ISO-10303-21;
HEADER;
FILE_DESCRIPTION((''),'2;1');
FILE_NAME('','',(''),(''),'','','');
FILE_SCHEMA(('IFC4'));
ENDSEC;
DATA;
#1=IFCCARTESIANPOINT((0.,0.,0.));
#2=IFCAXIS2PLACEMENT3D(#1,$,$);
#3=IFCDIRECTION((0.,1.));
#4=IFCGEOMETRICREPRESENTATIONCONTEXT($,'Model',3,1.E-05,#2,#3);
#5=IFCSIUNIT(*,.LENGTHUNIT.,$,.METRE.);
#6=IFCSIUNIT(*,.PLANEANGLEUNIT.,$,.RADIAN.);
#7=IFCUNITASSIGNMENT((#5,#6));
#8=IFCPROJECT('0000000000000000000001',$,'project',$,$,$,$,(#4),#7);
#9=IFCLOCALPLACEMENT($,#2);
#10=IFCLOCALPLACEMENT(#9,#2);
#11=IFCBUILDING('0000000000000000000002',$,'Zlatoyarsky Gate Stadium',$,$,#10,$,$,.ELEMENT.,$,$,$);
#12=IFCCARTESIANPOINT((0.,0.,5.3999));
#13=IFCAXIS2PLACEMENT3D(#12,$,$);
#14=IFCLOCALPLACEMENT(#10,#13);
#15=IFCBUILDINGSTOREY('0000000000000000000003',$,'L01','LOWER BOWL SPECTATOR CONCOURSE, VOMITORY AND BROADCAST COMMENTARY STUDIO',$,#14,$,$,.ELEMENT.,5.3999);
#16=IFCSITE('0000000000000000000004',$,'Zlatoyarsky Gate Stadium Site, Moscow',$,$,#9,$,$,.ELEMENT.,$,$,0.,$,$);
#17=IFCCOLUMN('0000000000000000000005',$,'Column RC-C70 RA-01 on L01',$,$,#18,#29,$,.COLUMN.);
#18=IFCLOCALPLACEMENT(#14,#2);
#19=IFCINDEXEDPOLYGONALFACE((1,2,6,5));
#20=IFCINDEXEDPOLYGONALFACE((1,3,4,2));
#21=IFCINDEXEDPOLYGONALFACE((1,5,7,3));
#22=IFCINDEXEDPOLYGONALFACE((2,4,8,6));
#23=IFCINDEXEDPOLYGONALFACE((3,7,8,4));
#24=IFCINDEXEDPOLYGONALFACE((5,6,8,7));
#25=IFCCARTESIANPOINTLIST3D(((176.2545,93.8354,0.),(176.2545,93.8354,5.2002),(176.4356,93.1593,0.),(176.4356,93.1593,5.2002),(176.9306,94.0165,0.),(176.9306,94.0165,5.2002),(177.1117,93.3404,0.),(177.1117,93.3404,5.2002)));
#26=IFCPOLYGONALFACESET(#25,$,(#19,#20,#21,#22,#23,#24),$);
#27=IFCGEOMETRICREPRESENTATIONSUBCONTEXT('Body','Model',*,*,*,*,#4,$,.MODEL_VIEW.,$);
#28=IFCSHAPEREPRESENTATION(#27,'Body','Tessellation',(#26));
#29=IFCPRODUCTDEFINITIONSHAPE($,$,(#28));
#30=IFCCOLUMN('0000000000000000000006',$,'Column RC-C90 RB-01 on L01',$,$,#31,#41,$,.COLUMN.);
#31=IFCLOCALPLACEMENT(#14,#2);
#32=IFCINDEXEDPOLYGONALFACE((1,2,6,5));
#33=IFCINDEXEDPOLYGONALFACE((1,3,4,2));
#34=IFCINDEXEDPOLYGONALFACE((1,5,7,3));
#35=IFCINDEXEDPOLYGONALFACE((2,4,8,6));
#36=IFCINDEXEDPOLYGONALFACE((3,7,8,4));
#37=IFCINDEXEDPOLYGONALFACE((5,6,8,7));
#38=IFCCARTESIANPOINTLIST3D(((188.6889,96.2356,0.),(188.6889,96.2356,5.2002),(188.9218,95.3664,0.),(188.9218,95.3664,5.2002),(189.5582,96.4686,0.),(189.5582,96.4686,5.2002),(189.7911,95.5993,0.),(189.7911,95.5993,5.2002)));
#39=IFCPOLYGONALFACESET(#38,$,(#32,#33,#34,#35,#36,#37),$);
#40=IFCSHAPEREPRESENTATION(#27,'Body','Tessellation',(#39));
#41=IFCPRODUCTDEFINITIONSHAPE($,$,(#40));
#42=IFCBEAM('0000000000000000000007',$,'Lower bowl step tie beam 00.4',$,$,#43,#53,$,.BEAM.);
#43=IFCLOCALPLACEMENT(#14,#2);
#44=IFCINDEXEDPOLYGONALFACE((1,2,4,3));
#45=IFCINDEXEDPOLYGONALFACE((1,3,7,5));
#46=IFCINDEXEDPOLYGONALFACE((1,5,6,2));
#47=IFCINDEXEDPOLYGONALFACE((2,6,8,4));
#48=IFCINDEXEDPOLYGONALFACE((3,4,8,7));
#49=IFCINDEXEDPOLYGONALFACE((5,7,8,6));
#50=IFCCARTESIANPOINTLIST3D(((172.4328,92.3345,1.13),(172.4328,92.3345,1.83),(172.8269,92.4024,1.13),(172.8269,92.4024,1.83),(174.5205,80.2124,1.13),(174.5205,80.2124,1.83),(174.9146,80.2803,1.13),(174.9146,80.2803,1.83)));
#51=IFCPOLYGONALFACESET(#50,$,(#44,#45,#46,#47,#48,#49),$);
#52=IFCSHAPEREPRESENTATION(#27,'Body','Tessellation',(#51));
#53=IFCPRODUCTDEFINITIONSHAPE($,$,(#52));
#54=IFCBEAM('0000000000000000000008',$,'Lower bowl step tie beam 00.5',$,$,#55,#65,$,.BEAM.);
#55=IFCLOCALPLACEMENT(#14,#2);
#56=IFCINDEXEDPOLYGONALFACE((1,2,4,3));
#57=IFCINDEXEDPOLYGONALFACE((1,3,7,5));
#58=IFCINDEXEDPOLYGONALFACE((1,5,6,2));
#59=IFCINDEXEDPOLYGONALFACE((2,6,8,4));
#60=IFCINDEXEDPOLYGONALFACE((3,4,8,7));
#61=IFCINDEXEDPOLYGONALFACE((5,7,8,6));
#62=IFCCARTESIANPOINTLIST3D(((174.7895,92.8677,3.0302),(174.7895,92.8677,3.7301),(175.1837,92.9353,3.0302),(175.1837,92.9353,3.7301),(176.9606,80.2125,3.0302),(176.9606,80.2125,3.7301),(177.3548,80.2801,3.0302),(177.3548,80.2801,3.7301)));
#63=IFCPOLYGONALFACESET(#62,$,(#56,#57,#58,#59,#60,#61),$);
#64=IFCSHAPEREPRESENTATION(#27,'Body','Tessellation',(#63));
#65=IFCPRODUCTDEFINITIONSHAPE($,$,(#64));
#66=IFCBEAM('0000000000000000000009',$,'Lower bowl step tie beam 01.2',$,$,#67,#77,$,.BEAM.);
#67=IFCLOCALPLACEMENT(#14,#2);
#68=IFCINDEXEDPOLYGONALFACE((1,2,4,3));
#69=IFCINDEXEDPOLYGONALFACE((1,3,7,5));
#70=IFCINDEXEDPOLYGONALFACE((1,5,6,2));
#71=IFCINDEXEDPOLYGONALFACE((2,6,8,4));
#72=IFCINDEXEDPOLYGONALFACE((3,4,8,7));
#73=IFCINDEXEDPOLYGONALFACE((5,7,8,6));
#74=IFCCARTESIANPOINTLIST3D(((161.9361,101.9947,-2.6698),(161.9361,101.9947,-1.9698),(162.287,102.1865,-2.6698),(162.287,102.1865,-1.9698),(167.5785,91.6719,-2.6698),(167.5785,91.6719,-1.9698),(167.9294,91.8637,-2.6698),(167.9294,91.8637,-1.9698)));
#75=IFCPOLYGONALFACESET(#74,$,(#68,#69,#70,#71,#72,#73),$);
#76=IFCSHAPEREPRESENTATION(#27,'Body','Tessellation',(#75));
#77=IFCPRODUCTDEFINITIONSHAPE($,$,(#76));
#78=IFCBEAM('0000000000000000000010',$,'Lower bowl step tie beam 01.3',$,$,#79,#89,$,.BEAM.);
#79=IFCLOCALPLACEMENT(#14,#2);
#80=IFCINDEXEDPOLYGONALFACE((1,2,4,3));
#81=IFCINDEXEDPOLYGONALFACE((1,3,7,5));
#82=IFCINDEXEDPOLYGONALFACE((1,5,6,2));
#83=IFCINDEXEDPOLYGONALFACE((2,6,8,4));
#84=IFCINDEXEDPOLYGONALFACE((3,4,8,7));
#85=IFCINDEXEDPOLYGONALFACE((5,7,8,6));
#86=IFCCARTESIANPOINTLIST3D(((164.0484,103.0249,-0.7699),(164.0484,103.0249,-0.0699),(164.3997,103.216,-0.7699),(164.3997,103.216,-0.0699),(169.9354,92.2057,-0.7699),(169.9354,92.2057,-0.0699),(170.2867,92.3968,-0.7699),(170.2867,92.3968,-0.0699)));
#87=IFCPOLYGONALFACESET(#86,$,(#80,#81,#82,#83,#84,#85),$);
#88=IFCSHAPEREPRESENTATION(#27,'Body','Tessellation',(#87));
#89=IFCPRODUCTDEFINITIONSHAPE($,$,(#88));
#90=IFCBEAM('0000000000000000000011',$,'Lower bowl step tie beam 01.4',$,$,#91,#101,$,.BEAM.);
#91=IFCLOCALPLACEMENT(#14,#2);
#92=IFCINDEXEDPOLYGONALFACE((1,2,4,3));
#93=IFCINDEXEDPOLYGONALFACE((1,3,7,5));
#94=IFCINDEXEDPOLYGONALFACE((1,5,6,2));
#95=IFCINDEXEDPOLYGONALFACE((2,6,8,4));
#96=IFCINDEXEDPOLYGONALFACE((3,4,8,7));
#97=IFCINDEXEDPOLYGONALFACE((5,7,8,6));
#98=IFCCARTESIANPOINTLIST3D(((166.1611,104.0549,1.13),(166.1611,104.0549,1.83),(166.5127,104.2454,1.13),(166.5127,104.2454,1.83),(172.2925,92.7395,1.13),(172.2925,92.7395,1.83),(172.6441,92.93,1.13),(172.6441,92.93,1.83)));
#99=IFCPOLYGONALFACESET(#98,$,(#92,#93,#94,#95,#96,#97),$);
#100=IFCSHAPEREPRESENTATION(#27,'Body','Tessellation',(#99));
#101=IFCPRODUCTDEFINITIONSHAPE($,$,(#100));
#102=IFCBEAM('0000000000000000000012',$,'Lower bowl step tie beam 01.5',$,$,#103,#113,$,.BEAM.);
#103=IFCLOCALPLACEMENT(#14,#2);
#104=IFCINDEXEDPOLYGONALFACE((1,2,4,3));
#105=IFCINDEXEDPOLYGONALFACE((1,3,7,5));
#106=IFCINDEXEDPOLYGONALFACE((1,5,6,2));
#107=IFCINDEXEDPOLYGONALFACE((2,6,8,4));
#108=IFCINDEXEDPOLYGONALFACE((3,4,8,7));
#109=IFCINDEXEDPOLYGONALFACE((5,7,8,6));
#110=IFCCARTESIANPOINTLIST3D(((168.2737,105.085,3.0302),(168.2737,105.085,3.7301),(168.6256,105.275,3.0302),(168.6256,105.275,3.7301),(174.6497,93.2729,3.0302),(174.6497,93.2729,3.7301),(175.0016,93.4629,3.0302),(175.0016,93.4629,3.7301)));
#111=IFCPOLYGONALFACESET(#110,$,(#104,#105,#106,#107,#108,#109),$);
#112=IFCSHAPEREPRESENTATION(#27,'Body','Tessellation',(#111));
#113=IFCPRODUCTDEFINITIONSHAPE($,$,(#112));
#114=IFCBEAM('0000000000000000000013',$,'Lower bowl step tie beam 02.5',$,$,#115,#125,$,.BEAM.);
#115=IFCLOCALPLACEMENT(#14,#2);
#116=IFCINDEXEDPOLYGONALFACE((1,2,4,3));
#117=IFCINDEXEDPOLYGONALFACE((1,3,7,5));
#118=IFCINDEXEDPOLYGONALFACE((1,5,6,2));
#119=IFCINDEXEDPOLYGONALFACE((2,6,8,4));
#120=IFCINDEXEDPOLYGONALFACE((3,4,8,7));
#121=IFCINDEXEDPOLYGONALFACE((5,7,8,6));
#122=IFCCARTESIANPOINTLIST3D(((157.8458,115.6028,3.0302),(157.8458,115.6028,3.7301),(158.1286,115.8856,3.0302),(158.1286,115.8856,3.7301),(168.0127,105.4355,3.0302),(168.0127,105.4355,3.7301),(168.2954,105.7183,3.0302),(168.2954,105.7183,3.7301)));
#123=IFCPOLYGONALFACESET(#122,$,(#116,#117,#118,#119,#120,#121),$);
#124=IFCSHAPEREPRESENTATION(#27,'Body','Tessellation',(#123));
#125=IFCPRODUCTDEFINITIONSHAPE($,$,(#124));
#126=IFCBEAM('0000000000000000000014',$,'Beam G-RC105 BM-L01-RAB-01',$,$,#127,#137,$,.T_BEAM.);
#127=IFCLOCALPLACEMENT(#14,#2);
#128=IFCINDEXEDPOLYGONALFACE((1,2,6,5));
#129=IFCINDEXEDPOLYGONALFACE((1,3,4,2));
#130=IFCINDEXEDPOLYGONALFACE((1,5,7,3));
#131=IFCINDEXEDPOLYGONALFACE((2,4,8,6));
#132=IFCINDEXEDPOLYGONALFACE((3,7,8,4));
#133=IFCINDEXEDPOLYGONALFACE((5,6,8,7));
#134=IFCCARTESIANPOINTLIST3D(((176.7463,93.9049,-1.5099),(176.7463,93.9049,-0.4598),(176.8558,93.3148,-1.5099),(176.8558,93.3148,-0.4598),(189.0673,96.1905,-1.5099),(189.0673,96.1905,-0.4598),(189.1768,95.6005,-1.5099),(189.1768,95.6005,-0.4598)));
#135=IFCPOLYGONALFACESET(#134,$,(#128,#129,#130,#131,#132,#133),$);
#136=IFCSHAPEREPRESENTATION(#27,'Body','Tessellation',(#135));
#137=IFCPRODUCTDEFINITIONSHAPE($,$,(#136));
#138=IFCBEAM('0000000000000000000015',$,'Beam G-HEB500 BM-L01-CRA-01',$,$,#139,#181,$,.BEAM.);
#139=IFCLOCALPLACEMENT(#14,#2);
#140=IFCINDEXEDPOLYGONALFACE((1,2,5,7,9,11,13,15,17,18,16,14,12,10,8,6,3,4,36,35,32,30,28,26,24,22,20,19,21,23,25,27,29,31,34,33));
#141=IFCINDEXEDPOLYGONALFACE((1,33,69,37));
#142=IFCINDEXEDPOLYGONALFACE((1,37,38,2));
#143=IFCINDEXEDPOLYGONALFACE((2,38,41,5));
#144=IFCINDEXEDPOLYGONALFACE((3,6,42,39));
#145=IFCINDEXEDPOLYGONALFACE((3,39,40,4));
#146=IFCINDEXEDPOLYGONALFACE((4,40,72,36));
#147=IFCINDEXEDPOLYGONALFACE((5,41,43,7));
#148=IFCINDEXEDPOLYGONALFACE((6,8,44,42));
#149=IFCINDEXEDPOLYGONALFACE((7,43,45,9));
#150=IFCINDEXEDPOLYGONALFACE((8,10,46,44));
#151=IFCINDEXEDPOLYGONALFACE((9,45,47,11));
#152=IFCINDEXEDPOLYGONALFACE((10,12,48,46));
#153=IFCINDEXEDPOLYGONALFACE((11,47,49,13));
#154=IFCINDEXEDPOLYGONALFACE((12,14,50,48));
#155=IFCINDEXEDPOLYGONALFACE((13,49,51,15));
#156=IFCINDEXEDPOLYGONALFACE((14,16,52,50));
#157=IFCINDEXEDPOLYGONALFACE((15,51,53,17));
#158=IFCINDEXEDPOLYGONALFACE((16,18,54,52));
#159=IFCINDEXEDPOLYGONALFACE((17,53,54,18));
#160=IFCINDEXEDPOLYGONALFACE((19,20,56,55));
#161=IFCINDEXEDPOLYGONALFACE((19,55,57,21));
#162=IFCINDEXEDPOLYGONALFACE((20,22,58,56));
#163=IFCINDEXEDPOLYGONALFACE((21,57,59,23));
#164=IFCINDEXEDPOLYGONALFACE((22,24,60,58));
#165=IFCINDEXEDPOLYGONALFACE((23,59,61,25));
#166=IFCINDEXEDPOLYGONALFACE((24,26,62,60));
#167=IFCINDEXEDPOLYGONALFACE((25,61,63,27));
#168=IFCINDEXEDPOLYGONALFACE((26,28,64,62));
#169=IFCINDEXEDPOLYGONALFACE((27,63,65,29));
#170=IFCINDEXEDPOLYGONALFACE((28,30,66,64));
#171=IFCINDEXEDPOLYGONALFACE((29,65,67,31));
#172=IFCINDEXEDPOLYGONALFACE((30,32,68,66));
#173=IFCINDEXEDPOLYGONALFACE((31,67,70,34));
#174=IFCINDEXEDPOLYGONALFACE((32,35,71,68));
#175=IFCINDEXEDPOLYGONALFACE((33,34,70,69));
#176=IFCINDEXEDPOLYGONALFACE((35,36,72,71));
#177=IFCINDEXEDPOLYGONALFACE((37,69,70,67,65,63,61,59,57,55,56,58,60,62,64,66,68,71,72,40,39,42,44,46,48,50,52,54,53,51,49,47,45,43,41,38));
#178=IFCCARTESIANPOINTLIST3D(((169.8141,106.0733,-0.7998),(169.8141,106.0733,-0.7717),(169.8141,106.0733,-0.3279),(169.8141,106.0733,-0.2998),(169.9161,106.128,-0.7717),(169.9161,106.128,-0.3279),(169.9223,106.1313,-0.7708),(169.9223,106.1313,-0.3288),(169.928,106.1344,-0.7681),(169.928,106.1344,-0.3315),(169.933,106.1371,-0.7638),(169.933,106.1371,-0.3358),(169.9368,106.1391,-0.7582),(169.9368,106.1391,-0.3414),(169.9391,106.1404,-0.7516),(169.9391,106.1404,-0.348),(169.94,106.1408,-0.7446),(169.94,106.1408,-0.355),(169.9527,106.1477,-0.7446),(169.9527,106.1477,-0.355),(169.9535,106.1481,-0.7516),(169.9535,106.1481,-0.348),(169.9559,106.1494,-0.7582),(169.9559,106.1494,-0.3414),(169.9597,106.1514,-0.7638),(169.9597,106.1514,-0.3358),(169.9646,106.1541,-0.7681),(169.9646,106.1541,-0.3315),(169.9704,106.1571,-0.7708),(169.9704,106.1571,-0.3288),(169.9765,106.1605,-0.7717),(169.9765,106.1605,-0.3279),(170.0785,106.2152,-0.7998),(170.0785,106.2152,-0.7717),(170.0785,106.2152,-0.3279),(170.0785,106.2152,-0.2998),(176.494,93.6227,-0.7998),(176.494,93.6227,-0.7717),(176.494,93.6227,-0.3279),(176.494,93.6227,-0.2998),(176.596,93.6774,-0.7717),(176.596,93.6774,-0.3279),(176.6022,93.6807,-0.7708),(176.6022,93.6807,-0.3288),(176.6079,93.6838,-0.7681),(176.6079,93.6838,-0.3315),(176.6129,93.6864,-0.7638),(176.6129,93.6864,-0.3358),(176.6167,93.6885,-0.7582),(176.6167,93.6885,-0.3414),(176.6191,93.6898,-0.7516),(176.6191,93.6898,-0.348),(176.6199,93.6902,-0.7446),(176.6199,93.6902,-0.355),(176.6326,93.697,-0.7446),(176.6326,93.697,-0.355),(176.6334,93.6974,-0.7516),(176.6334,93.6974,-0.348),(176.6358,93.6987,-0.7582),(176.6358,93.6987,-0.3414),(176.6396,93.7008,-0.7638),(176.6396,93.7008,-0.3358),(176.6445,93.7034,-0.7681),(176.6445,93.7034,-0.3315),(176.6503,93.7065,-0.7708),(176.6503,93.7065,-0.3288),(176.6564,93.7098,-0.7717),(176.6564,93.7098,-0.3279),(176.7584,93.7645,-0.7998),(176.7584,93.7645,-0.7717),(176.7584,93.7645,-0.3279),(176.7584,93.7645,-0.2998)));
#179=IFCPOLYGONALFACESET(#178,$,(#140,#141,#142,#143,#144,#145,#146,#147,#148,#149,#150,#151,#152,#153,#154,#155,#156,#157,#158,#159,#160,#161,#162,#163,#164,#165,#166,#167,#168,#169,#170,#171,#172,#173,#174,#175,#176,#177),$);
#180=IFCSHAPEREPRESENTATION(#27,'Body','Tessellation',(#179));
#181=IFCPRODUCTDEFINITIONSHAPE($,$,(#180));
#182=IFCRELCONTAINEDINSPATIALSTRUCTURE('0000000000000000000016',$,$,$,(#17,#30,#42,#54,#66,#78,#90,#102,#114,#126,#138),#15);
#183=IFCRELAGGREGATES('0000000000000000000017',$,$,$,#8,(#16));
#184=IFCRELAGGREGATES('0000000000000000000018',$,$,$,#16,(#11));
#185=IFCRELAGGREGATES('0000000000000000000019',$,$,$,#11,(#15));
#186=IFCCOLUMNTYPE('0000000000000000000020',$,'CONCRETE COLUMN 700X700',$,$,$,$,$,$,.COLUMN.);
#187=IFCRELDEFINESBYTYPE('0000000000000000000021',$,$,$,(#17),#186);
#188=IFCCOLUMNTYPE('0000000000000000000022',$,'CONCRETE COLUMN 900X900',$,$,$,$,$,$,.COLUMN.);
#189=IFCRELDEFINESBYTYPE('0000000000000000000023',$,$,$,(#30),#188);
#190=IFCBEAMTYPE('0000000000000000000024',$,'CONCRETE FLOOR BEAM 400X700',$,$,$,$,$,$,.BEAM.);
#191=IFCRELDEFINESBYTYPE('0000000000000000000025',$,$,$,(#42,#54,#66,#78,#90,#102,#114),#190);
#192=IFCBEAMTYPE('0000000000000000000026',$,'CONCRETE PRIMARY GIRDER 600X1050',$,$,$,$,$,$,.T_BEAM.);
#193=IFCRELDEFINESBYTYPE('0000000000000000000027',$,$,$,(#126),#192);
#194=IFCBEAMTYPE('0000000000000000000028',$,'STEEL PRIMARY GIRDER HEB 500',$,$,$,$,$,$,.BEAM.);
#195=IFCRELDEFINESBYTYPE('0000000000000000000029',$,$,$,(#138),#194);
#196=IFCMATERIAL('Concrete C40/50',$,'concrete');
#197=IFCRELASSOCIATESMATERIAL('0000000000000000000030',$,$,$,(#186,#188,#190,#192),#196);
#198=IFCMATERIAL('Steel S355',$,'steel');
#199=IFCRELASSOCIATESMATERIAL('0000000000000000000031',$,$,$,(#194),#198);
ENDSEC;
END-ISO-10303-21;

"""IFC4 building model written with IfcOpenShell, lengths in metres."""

from ifc_helpers import new_model, si_unit, direction, frame, origin, origin_2d, place, context, subcontext, project, spatial, rectangle, i_section, extrude, material, material_profile, profile_set, type_object, element, save


model = new_model("IFC4")

# Units and contexts
model_context = context("Model", 3, precision=1e-05, world=origin(), true_north=direction((0.0, 1.0)))
body_context = subcontext(model_context, "Body", "Model", "MODEL_VIEW")
ifc_project = project(units=[si_unit("LENGTHUNIT", "METRE"), si_unit("PLANEANGLEUNIT", "RADIAN")], contexts=[model_context])

# Site, building, storey
site_placement = place(None, origin())
site = spatial("IfcSite", under=ifc_project, at=site_placement, Name="Zlatoyarsky Gate Stadium Site, Moscow", CompositionType="ELEMENT", RefElevation=0.0)
building_placement = place(site_placement, origin())
building = spatial("IfcBuilding", under=site, at=building_placement, Name="Zlatoyarsky Gate Stadium", CompositionType="ELEMENT")
storey_placement = place(building_placement, frame((0.0, 0.0, 5.3999)))
storey = spatial("IfcBuildingStorey", under=building, at=storey_placement, Name="L01", Description="LOWER BOWL SPECTATOR CONCOURSE, VOMITORY AND BROADCAST COMMENTARY STUDIO", CompositionType="ELEMENT", Elevation=5.3999)

# Columns
ifc_material_1 = material(Name="Concrete C40/50", Category="concrete")
ifc_material_profile_1 = material_profile(ifc_material_1, rectangle(XDim=0.7, YDim=0.7, at=origin_2d()), Name="RC COL 700X700")
ifc_profile_set_1 = profile_set([ifc_material_profile_1], Name="Concrete C40/50")
column_type_1 = type_object("IfcColumnType", Name="CONCRETE COLUMN 700X700", PredefinedType="COLUMN", material=ifc_profile_set_1)
column_1_placement = place(storey_placement, frame((176.6831, 93.5879, 0.0), z_axis=(0.0, 0.0, 1.0), x_axis=(0.965926, 0.258819, 0.0)))
element("IfcColumn", 1, at=column_1_placement, inside=storey, type_object=column_type_1, Name="Column RC-C70 RA-01 on L01", PredefinedType="COLUMN", context=body_context, shape_type="SweptSolid", body=[
    extrude(rectangle(XDim=0.7, YDim=0.7, at=origin_2d()), origin(), (0.0, 0.0, 1.0), 5.2002),
])
ifc_material_profile_2 = material_profile(ifc_material_1, rectangle(XDim=0.8999, YDim=0.8999, at=origin_2d()), Name="RC COL 900X900")
ifc_profile_set_2 = profile_set([ifc_material_profile_2], Name="Concrete C40/50")
column_type_2 = type_object("IfcColumnType", Name="CONCRETE COLUMN 900X900", PredefinedType="COLUMN", material=ifc_profile_set_2)
column_2_placement = place(storey_placement, frame((189.24, 95.9175, 0.0), z_axis=(0.0, 0.0, 1.0), x_axis=(0.965926, 0.258819, 0.0)))
element("IfcColumn", 2, at=column_2_placement, inside=storey, type_object=column_type_2, Name="Column RC-C90 RB-01 on L01", PredefinedType="COLUMN", context=body_context, shape_type="SweptSolid", body=[
    extrude(rectangle(XDim=0.8999, YDim=0.8999, at=origin_2d()), origin(), (0.0, 0.0, 1.0), 5.2002),
])

# Beams
ifc_material_profile_3 = material_profile(ifc_material_1, rectangle(XDim=0.3999, YDim=0.7, at=origin_2d()), Name="RC BEAM 400X700")
ifc_profile_set_3 = profile_set([ifc_material_profile_3], Name="Concrete C40/50")
beam_type_1 = type_object("IfcBeamType", Name="CONCRETE FLOOR BEAM 400X700", PredefinedType="BEAM", material=ifc_profile_set_3)
beam_1_placement = place(storey_placement, frame((174.7175, 80.2463, 1.48), z_axis=(-0.16972, 0.985492, 0.0), x_axis=(-0.985492, -0.16972, 0.0)))
element("IfcBeam", 3, at=beam_1_placement, inside=storey, type_object=beam_type_1, Name="Lower bowl step tie beam 00.4", PredefinedType="BEAM", context=body_context, shape_type="SweptSolid", body=[
    extrude(rectangle(XDim=0.3999, YDim=0.7, at=origin_2d()), origin(), (0.0, 0.0, 1.0), 12.3005),
])
beam_2_placement = place(storey_placement, frame((177.1577, 80.2463, 3.3801), z_axis=(-0.16909, 0.985601, 0.0), x_axis=(-0.985601, -0.16909, 0.0)))
element("IfcBeam", 4, at=beam_2_placement, inside=storey, type_object=beam_type_1, Name="Lower bowl step tie beam 00.5", PredefinedType="BEAM", context=body_context, shape_type="SweptSolid", body=[
    extrude(rectangle(XDim=0.3999, YDim=0.7, at=origin_2d()), origin(), (0.0, 0.0, 1.0), 12.8401),
])
beam_3_placement = place(storey_placement, frame((167.7539, 91.7678, -2.3198), z_axis=(-0.479621, 0.877476, 0.0), x_axis=(-0.877476, -0.479621, 0.0)))
element("IfcBeam", 5, at=beam_3_placement, inside=storey, type_object=beam_type_1, Name="Lower bowl step tie beam 01.2", PredefinedType="BEAM", context=body_context, shape_type="SweptSolid", body=[
    extrude(rectangle(XDim=0.3999, YDim=0.7, at=origin_2d()), origin(), (0.0, 0.0, 1.0), 11.7642),
])
beam_4_placement = place(storey_placement, frame((170.1111, 92.3013, -0.4199), z_axis=(-0.477953, 0.878385, 0.0), x_axis=(-0.878385, -0.477953, 0.0)))
element("IfcBeam", 6, at=beam_4_placement, inside=storey, type_object=beam_type_1, Name="Lower bowl step tie beam 01.3", PredefinedType="BEAM", context=body_context, shape_type="SweptSolid", body=[
    extrude(rectangle(XDim=0.3999, YDim=0.7, at=origin_2d()), origin(), (0.0, 0.0, 1.0), 12.3171),
])
beam_5_placement = place(storey_placement, frame((172.4683, 92.8347, 1.48), z_axis=(-0.476413, 0.879222, 0.0), x_axis=(-0.879222, -0.476413, 0.0)))
element("IfcBeam", 7, at=beam_5_placement, inside=storey, type_object=beam_type_1, Name="Lower bowl step tie beam 01.4", PredefinedType="BEAM", context=body_context, shape_type="SweptSolid", body=[
    extrude(rectangle(XDim=0.3999, YDim=0.7, at=origin_2d()), origin(), (0.0, 0.0, 1.0), 12.8699),
])
beam_6_placement = place(storey_placement, frame((174.8257, 93.3679, 3.3801), z_axis=(-0.475004, 0.879984, 0.0), x_axis=(-0.879984, -0.475004, 0.0)))
element("IfcBeam", 8, at=beam_6_placement, inside=storey, type_object=beam_type_1, Name="Lower bowl step tie beam 01.5", PredefinedType="BEAM", context=body_context, shape_type="SweptSolid", body=[
    extrude(rectangle(XDim=0.3999, YDim=0.7, at=origin_2d()), origin(), (0.0, 0.0, 1.0), 13.4231),
])
beam_7_placement = place(storey_placement, frame((168.1541, 105.5769, 3.3801), z_axis=(-0.70709, 0.707124, 0.0), x_axis=(-0.707124, -0.70709, 0.0)))
element("IfcBeam", 9, at=beam_7_placement, inside=storey, type_object=beam_type_1, Name="Lower bowl step tie beam 02.5", PredefinedType="BEAM", context=body_context, shape_type="SweptSolid", body=[
    extrude(rectangle(XDim=0.3999, YDim=0.7, at=origin_2d()), origin(), (0.0, 0.0, 1.0), 14.3784),
])
ifc_material_profile_4 = material_profile(ifc_material_1, rectangle(XDim=0.6001, YDim=1.05, at=origin_2d()), Name="RC GIRDER 600X1050")
ifc_profile_set_4 = profile_set([ifc_material_profile_4], Name="Concrete C40/50")
beam_type_2 = type_object("IfcBeamType", Name="CONCRETE PRIMARY GIRDER 600X1050", PredefinedType="T_BEAM", material=ifc_profile_set_4)
beam_8_placement = place(storey_placement, frame((176.801, 93.6099, -0.9849), z_axis=(0.983225, 0.182396, 0.0), x_axis=(-0.182396, 0.983225, 0.0)))
element("IfcBeam", 10, at=beam_8_placement, inside=storey, type_object=beam_type_2, Name="Beam G-RC105 BM-L01-RAB-01", PredefinedType="T_BEAM", context=body_context, shape_type="SweptSolid", body=[
    extrude(rectangle(XDim=0.6001, YDim=1.05, at=origin_2d()), origin(), (0.0, 0.0, 1.0), 12.5312),
])
ifc_material_2 = material(Name="Steel S355", Category="steel")
ifc_material_profile_5 = material_profile(ifc_material_2, i_section(OverallWidth=0.3, OverallDepth=0.5, WebThickness=0.0144, FlangeThickness=0.0281, FilletRadius=0.0271, at=origin_2d()), Name="HEB 500")
ifc_profile_set_5 = profile_set([ifc_material_profile_5], Name="Steel S355")
beam_type_3 = type_object("IfcBeamType", Name="STEEL PRIMARY GIRDER HEB 500", PredefinedType="BEAM", material=ifc_profile_set_5)
beam_9_placement = place(storey_placement, frame((176.6262, 93.6936, -0.5498), z_axis=(-0.472767, 0.881187, 0.0), x_axis=(-0.881187, -0.472767, 0.0)))
element("IfcBeam", 11, at=beam_9_placement, inside=storey, type_object=beam_type_3, Name="Beam G-HEB500 BM-L01-CRA-01", PredefinedType="BEAM", context=body_context, shape_type="SweptSolid", body=[
    extrude(i_section(OverallWidth=0.3, OverallDepth=0.5, WebThickness=0.0144, FlangeThickness=0.0281, FilletRadius=0.0271, at=origin_2d()), origin(), (0.0, 0.0, 1.0), 14.1294),
])

save(model, "model.ifc")
